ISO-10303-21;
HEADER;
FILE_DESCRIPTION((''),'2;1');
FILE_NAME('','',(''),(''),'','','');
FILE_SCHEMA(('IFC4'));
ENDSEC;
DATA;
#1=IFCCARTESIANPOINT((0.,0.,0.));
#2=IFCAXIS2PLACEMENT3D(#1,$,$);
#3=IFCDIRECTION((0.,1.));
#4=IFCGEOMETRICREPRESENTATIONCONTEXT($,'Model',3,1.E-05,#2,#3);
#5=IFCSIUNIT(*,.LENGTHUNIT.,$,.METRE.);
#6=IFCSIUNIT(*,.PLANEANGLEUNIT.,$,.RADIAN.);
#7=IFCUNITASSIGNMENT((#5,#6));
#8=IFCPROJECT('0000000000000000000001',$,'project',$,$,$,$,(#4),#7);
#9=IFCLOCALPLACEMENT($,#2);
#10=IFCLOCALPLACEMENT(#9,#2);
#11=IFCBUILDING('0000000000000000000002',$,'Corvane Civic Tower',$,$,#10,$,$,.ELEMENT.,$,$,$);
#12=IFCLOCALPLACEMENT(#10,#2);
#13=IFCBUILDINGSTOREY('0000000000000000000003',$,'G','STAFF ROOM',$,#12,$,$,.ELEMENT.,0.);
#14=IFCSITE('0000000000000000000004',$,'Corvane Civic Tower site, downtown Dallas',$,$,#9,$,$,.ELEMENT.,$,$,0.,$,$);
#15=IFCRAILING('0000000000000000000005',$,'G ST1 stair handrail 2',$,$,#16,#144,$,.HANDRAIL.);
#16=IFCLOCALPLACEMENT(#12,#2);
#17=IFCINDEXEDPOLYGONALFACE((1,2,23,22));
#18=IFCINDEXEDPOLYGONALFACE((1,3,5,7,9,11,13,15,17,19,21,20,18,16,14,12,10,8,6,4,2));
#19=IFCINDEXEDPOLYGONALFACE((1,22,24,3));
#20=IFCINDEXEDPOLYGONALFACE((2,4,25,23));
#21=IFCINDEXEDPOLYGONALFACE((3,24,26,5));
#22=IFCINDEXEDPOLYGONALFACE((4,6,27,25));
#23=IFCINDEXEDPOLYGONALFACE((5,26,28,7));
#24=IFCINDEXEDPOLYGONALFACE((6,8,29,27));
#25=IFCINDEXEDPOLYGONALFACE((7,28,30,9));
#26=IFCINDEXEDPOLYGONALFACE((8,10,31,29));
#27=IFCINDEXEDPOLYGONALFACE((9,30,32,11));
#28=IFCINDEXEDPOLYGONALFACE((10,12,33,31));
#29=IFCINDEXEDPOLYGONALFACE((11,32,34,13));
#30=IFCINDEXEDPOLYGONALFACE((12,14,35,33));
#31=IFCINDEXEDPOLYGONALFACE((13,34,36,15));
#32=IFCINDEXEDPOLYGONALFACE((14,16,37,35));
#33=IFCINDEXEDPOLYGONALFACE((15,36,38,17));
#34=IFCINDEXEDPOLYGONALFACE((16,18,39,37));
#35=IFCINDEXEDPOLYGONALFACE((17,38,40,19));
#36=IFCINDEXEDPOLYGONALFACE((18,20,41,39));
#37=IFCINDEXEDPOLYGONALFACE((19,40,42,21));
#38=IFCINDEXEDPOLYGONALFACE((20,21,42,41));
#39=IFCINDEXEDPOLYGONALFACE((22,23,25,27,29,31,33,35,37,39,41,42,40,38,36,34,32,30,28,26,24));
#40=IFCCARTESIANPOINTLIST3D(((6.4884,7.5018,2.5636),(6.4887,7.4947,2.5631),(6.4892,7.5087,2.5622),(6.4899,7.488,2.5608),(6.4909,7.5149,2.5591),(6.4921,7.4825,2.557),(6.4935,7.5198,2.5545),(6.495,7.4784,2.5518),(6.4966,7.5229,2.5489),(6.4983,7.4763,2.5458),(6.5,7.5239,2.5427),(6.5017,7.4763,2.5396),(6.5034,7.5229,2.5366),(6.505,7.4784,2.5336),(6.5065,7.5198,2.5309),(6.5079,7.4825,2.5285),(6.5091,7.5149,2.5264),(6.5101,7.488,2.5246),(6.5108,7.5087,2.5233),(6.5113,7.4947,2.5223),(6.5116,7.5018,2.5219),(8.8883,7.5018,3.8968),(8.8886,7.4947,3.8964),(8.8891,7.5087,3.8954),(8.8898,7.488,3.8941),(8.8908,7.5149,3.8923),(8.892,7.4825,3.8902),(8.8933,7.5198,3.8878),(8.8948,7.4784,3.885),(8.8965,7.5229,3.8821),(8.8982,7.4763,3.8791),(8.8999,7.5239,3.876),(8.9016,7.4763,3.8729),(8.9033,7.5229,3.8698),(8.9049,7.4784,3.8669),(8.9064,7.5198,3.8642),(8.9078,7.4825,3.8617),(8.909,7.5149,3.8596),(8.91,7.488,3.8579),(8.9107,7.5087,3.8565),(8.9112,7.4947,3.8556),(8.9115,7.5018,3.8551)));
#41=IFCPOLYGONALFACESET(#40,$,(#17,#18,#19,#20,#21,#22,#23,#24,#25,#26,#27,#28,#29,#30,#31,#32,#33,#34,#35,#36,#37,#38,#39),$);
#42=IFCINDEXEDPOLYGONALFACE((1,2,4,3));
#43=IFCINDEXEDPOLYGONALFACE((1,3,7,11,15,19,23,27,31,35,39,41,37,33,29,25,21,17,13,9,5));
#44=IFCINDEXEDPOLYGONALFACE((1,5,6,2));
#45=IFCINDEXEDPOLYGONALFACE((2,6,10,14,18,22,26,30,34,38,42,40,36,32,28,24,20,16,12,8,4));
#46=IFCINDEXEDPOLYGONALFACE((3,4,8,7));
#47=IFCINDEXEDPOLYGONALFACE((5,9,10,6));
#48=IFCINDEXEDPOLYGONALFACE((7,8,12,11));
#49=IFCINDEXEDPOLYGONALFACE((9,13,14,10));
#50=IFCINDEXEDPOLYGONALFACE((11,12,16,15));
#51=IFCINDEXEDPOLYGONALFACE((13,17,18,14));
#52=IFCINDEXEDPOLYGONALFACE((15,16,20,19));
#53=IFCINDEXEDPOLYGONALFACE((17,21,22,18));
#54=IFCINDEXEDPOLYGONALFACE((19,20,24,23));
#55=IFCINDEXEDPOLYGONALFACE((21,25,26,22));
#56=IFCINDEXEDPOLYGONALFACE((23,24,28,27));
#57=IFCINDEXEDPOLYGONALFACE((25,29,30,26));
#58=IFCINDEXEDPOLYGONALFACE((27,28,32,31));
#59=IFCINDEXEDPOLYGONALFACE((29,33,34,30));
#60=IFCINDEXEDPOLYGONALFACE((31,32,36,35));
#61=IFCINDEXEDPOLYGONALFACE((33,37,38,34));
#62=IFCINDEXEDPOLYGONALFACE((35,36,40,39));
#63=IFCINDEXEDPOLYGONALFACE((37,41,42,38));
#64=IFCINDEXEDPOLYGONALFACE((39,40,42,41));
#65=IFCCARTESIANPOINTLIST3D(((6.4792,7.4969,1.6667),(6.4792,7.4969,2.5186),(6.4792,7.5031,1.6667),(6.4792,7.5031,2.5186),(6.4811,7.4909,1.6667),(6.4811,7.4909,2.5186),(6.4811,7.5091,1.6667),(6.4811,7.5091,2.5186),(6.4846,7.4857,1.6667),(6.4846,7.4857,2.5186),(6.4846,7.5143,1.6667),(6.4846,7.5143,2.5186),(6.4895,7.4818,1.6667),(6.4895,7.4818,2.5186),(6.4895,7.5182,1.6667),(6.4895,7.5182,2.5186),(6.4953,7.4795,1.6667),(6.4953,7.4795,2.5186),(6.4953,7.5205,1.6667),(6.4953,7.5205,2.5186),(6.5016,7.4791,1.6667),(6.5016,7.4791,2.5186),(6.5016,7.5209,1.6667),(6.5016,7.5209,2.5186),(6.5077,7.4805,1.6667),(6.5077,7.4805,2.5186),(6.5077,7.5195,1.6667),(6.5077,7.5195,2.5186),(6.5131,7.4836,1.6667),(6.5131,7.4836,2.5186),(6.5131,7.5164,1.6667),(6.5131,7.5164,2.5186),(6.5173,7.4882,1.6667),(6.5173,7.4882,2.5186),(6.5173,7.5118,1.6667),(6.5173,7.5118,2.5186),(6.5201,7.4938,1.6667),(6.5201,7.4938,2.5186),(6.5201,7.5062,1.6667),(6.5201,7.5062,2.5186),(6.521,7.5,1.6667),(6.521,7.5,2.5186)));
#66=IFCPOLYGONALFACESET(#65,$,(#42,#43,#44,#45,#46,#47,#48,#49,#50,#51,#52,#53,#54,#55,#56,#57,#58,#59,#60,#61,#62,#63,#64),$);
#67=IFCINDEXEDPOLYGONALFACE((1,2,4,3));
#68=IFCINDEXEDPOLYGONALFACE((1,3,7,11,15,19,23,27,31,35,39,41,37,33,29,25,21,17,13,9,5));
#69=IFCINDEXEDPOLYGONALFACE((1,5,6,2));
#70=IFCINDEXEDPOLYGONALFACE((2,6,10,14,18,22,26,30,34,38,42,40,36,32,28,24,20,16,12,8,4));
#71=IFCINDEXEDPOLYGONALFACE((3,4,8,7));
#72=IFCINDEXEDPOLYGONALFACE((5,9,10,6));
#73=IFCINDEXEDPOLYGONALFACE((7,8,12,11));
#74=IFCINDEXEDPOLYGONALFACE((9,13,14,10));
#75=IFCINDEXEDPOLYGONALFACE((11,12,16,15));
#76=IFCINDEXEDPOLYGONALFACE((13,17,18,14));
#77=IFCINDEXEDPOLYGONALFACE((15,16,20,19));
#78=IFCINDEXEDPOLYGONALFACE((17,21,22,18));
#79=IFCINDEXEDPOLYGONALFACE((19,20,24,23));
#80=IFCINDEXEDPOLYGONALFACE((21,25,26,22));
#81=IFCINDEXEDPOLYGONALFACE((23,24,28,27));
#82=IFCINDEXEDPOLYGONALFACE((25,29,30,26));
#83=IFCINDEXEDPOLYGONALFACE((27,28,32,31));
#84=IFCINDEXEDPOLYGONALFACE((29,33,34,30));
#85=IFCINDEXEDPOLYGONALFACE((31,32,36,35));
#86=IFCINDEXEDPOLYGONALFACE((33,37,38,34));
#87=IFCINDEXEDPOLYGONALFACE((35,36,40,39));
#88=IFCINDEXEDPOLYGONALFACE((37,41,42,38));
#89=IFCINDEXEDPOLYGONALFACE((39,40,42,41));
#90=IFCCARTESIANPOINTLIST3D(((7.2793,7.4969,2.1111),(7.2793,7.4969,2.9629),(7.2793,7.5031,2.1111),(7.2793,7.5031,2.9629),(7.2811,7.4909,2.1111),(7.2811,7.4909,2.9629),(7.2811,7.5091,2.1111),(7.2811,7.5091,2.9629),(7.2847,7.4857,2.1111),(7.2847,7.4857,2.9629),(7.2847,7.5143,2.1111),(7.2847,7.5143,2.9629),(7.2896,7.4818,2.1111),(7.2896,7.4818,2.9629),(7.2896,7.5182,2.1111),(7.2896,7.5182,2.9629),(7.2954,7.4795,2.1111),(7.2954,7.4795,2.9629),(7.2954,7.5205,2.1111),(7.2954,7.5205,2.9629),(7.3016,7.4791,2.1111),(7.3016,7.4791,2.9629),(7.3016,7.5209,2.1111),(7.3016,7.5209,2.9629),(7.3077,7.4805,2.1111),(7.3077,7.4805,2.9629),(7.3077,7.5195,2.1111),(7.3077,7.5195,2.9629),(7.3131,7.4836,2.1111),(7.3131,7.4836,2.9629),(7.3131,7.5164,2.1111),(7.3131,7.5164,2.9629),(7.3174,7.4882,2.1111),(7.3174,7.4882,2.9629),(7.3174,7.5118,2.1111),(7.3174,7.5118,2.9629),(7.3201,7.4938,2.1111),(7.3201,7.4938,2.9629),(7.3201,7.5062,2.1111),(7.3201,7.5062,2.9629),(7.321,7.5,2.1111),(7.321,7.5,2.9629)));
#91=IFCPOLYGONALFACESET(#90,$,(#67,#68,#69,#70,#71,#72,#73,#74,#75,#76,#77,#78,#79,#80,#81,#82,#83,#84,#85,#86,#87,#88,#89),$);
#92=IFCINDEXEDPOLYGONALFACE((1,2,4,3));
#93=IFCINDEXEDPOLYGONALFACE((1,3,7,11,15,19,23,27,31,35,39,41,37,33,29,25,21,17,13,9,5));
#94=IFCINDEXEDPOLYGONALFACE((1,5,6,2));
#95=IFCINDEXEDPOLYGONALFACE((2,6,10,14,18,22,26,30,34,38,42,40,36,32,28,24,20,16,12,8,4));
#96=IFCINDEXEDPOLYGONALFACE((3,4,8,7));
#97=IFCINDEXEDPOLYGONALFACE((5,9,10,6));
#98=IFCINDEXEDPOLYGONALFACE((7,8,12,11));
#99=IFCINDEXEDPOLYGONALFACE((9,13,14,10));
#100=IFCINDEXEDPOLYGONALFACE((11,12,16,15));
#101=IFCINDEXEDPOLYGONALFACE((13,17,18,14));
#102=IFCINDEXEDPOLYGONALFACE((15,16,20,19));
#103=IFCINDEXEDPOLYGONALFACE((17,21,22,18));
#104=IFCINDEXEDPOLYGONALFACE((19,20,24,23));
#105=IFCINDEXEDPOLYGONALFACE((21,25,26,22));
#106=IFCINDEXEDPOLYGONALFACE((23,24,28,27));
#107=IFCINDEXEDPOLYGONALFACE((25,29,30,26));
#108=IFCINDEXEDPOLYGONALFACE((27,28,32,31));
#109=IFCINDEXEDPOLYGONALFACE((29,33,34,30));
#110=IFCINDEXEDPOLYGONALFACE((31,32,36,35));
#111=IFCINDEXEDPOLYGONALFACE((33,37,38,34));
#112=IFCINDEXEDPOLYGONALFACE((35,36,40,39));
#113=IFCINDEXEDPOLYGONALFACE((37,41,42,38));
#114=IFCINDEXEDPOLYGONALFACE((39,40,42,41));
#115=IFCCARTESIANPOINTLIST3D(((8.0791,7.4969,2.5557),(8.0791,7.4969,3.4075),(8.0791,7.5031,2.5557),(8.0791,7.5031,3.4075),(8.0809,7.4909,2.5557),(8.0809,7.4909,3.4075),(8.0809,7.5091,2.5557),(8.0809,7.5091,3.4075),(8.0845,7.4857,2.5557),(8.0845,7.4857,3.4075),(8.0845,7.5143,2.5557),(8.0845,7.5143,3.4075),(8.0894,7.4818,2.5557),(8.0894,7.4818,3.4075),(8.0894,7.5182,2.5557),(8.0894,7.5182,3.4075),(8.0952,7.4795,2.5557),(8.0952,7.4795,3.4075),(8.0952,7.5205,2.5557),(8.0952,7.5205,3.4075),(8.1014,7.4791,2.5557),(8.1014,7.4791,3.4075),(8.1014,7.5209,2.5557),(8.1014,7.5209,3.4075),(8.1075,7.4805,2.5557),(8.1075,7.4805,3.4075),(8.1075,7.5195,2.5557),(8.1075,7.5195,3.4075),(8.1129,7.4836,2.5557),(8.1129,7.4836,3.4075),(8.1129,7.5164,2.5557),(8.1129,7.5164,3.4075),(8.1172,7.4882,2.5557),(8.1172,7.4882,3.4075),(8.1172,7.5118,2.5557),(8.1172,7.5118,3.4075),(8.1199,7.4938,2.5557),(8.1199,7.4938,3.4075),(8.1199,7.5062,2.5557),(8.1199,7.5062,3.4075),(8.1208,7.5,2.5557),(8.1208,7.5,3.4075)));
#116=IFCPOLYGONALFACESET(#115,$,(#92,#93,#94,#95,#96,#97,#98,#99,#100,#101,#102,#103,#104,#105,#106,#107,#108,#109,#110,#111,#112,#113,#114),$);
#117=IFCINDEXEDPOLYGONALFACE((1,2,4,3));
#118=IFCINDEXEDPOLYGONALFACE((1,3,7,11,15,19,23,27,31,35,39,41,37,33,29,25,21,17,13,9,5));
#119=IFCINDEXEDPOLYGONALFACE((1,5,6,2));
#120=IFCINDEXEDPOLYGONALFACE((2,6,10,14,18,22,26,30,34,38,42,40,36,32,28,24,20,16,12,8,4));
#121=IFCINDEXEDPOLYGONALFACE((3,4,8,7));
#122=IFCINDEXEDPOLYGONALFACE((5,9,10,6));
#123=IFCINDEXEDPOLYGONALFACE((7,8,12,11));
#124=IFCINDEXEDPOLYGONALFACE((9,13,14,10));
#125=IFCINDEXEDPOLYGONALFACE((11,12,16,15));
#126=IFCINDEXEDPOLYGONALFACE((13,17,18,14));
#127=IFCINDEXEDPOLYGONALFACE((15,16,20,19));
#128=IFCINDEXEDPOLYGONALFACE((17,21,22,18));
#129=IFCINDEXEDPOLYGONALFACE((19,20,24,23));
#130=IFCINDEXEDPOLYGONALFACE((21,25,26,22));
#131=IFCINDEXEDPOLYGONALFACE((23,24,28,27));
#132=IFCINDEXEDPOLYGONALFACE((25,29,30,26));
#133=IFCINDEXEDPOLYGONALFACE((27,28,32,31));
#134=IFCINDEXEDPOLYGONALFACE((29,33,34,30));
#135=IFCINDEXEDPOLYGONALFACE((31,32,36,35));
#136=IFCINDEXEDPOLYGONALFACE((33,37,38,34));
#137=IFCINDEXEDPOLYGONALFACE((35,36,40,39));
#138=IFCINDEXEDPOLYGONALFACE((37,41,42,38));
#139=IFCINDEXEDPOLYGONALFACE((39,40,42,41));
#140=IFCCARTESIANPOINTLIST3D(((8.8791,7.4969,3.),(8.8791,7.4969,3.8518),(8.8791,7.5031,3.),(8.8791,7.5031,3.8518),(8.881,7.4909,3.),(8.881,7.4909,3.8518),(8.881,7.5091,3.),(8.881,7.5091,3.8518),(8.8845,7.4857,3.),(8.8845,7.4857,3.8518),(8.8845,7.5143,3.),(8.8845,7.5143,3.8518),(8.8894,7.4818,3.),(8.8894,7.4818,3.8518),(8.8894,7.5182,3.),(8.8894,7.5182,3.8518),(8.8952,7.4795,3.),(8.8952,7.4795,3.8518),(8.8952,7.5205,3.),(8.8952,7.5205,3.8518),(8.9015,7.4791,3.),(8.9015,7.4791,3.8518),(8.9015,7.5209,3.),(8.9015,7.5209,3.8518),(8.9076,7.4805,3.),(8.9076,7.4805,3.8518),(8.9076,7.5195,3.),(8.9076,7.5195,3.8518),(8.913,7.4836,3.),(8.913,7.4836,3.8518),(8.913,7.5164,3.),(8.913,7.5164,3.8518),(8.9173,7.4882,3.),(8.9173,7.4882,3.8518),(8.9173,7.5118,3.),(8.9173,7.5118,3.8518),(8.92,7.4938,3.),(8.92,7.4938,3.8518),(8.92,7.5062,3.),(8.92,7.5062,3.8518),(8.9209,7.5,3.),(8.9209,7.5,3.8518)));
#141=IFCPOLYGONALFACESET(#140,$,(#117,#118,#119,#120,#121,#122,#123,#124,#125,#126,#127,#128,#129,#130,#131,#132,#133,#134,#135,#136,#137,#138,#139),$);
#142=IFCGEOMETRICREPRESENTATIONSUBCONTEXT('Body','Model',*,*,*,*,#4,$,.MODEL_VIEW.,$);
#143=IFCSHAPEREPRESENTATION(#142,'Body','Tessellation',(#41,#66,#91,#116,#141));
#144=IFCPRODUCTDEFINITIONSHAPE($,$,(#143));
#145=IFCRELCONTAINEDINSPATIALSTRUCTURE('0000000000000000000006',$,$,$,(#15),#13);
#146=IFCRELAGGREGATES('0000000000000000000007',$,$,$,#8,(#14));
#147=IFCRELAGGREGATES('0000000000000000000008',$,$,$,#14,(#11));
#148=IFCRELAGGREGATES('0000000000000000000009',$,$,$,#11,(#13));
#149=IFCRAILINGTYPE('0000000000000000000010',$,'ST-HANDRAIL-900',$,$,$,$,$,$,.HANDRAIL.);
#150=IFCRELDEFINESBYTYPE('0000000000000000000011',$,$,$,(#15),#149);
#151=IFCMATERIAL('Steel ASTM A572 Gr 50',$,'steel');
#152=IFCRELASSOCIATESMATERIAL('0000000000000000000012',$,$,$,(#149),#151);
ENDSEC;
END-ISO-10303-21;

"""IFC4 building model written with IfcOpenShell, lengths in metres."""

from ifc_helpers import new_model, si_unit, direction, frame, origin, origin_2d, place, context, subcontext, project, spatial, circle, extrude, material, type_object, element, save


model = new_model("IFC4")

# Units and contexts
model_context = context("Model", 3, precision=1e-05, world=origin(), true_north=direction((0.0, 1.0)))
body_context = subcontext(model_context, "Body", "Model", "MODEL_VIEW")
ifc_project = project(units=[si_unit("LENGTHUNIT", "METRE"), si_unit("PLANEANGLEUNIT", "RADIAN")], contexts=[model_context])

# Site, building, storey
site_placement = place(None, origin())
site = spatial("IfcSite", under=ifc_project, at=site_placement, Name="Corvane Civic Tower site, downtown Dallas", CompositionType="ELEMENT", RefElevation=0.0)
building_placement = place(site_placement, origin())
building = spatial("IfcBuilding", under=site, at=building_placement, Name="Corvane Civic Tower", CompositionType="ELEMENT")
storey_placement = place(building_placement, origin())
storey = spatial("IfcBuildingStorey", under=building, at=storey_placement, Name="G", Description="STAFF ROOM", CompositionType="ELEMENT", Elevation=0.0)

# Railing
ifc_material_1 = material(Name="Steel ASTM A572 Gr 50", Category="steel")
railing_type_1 = type_object("IfcRailingType", Name="ST-HANDRAIL-900", PredefinedType="HANDRAIL", material=ifc_material_1)
for number, where, name in (
    (1, (6.5, 7.5, 1.6667), "G ST1 stair handrail 2"),
):
    element("IfcRailing", number, at=place(storey_placement, frame(where)), inside=storey, type_object=railing_type_1, Name=name, PredefinedType="HANDRAIL", context=body_context, shape_type="SweptSolid", body=[
        extrude(circle(Radius=0.0239, at=origin_2d()), frame((0.0, 0.0, 0.876), z_axis=(0.874161, 0.0, 0.485635), x_axis=(0.0, 1.0, 0.0)), (0.0, 0.0, 1.0), 2.7454),
        extrude(circle(Radius=0.021, at=origin_2d()), origin(), (0.0, 0.0, 1.0), 0.8518),
        extrude(circle(Radius=0.021, at=origin_2d()), frame((0.8, 0.0, 0.4443)), (0.0, 0.0, 1.0), 0.8518),
        extrude(circle(Radius=0.021, at=origin_2d()), frame((1.5999, 0.0, 0.8889)), (0.0, 0.0, 1.0), 0.8518),
        extrude(circle(Radius=0.021, at=origin_2d()), frame((2.3999, 0.0, 1.3333)), (0.0, 0.0, 1.0), 0.8518),
    ])

save(model, "model.ifc")
